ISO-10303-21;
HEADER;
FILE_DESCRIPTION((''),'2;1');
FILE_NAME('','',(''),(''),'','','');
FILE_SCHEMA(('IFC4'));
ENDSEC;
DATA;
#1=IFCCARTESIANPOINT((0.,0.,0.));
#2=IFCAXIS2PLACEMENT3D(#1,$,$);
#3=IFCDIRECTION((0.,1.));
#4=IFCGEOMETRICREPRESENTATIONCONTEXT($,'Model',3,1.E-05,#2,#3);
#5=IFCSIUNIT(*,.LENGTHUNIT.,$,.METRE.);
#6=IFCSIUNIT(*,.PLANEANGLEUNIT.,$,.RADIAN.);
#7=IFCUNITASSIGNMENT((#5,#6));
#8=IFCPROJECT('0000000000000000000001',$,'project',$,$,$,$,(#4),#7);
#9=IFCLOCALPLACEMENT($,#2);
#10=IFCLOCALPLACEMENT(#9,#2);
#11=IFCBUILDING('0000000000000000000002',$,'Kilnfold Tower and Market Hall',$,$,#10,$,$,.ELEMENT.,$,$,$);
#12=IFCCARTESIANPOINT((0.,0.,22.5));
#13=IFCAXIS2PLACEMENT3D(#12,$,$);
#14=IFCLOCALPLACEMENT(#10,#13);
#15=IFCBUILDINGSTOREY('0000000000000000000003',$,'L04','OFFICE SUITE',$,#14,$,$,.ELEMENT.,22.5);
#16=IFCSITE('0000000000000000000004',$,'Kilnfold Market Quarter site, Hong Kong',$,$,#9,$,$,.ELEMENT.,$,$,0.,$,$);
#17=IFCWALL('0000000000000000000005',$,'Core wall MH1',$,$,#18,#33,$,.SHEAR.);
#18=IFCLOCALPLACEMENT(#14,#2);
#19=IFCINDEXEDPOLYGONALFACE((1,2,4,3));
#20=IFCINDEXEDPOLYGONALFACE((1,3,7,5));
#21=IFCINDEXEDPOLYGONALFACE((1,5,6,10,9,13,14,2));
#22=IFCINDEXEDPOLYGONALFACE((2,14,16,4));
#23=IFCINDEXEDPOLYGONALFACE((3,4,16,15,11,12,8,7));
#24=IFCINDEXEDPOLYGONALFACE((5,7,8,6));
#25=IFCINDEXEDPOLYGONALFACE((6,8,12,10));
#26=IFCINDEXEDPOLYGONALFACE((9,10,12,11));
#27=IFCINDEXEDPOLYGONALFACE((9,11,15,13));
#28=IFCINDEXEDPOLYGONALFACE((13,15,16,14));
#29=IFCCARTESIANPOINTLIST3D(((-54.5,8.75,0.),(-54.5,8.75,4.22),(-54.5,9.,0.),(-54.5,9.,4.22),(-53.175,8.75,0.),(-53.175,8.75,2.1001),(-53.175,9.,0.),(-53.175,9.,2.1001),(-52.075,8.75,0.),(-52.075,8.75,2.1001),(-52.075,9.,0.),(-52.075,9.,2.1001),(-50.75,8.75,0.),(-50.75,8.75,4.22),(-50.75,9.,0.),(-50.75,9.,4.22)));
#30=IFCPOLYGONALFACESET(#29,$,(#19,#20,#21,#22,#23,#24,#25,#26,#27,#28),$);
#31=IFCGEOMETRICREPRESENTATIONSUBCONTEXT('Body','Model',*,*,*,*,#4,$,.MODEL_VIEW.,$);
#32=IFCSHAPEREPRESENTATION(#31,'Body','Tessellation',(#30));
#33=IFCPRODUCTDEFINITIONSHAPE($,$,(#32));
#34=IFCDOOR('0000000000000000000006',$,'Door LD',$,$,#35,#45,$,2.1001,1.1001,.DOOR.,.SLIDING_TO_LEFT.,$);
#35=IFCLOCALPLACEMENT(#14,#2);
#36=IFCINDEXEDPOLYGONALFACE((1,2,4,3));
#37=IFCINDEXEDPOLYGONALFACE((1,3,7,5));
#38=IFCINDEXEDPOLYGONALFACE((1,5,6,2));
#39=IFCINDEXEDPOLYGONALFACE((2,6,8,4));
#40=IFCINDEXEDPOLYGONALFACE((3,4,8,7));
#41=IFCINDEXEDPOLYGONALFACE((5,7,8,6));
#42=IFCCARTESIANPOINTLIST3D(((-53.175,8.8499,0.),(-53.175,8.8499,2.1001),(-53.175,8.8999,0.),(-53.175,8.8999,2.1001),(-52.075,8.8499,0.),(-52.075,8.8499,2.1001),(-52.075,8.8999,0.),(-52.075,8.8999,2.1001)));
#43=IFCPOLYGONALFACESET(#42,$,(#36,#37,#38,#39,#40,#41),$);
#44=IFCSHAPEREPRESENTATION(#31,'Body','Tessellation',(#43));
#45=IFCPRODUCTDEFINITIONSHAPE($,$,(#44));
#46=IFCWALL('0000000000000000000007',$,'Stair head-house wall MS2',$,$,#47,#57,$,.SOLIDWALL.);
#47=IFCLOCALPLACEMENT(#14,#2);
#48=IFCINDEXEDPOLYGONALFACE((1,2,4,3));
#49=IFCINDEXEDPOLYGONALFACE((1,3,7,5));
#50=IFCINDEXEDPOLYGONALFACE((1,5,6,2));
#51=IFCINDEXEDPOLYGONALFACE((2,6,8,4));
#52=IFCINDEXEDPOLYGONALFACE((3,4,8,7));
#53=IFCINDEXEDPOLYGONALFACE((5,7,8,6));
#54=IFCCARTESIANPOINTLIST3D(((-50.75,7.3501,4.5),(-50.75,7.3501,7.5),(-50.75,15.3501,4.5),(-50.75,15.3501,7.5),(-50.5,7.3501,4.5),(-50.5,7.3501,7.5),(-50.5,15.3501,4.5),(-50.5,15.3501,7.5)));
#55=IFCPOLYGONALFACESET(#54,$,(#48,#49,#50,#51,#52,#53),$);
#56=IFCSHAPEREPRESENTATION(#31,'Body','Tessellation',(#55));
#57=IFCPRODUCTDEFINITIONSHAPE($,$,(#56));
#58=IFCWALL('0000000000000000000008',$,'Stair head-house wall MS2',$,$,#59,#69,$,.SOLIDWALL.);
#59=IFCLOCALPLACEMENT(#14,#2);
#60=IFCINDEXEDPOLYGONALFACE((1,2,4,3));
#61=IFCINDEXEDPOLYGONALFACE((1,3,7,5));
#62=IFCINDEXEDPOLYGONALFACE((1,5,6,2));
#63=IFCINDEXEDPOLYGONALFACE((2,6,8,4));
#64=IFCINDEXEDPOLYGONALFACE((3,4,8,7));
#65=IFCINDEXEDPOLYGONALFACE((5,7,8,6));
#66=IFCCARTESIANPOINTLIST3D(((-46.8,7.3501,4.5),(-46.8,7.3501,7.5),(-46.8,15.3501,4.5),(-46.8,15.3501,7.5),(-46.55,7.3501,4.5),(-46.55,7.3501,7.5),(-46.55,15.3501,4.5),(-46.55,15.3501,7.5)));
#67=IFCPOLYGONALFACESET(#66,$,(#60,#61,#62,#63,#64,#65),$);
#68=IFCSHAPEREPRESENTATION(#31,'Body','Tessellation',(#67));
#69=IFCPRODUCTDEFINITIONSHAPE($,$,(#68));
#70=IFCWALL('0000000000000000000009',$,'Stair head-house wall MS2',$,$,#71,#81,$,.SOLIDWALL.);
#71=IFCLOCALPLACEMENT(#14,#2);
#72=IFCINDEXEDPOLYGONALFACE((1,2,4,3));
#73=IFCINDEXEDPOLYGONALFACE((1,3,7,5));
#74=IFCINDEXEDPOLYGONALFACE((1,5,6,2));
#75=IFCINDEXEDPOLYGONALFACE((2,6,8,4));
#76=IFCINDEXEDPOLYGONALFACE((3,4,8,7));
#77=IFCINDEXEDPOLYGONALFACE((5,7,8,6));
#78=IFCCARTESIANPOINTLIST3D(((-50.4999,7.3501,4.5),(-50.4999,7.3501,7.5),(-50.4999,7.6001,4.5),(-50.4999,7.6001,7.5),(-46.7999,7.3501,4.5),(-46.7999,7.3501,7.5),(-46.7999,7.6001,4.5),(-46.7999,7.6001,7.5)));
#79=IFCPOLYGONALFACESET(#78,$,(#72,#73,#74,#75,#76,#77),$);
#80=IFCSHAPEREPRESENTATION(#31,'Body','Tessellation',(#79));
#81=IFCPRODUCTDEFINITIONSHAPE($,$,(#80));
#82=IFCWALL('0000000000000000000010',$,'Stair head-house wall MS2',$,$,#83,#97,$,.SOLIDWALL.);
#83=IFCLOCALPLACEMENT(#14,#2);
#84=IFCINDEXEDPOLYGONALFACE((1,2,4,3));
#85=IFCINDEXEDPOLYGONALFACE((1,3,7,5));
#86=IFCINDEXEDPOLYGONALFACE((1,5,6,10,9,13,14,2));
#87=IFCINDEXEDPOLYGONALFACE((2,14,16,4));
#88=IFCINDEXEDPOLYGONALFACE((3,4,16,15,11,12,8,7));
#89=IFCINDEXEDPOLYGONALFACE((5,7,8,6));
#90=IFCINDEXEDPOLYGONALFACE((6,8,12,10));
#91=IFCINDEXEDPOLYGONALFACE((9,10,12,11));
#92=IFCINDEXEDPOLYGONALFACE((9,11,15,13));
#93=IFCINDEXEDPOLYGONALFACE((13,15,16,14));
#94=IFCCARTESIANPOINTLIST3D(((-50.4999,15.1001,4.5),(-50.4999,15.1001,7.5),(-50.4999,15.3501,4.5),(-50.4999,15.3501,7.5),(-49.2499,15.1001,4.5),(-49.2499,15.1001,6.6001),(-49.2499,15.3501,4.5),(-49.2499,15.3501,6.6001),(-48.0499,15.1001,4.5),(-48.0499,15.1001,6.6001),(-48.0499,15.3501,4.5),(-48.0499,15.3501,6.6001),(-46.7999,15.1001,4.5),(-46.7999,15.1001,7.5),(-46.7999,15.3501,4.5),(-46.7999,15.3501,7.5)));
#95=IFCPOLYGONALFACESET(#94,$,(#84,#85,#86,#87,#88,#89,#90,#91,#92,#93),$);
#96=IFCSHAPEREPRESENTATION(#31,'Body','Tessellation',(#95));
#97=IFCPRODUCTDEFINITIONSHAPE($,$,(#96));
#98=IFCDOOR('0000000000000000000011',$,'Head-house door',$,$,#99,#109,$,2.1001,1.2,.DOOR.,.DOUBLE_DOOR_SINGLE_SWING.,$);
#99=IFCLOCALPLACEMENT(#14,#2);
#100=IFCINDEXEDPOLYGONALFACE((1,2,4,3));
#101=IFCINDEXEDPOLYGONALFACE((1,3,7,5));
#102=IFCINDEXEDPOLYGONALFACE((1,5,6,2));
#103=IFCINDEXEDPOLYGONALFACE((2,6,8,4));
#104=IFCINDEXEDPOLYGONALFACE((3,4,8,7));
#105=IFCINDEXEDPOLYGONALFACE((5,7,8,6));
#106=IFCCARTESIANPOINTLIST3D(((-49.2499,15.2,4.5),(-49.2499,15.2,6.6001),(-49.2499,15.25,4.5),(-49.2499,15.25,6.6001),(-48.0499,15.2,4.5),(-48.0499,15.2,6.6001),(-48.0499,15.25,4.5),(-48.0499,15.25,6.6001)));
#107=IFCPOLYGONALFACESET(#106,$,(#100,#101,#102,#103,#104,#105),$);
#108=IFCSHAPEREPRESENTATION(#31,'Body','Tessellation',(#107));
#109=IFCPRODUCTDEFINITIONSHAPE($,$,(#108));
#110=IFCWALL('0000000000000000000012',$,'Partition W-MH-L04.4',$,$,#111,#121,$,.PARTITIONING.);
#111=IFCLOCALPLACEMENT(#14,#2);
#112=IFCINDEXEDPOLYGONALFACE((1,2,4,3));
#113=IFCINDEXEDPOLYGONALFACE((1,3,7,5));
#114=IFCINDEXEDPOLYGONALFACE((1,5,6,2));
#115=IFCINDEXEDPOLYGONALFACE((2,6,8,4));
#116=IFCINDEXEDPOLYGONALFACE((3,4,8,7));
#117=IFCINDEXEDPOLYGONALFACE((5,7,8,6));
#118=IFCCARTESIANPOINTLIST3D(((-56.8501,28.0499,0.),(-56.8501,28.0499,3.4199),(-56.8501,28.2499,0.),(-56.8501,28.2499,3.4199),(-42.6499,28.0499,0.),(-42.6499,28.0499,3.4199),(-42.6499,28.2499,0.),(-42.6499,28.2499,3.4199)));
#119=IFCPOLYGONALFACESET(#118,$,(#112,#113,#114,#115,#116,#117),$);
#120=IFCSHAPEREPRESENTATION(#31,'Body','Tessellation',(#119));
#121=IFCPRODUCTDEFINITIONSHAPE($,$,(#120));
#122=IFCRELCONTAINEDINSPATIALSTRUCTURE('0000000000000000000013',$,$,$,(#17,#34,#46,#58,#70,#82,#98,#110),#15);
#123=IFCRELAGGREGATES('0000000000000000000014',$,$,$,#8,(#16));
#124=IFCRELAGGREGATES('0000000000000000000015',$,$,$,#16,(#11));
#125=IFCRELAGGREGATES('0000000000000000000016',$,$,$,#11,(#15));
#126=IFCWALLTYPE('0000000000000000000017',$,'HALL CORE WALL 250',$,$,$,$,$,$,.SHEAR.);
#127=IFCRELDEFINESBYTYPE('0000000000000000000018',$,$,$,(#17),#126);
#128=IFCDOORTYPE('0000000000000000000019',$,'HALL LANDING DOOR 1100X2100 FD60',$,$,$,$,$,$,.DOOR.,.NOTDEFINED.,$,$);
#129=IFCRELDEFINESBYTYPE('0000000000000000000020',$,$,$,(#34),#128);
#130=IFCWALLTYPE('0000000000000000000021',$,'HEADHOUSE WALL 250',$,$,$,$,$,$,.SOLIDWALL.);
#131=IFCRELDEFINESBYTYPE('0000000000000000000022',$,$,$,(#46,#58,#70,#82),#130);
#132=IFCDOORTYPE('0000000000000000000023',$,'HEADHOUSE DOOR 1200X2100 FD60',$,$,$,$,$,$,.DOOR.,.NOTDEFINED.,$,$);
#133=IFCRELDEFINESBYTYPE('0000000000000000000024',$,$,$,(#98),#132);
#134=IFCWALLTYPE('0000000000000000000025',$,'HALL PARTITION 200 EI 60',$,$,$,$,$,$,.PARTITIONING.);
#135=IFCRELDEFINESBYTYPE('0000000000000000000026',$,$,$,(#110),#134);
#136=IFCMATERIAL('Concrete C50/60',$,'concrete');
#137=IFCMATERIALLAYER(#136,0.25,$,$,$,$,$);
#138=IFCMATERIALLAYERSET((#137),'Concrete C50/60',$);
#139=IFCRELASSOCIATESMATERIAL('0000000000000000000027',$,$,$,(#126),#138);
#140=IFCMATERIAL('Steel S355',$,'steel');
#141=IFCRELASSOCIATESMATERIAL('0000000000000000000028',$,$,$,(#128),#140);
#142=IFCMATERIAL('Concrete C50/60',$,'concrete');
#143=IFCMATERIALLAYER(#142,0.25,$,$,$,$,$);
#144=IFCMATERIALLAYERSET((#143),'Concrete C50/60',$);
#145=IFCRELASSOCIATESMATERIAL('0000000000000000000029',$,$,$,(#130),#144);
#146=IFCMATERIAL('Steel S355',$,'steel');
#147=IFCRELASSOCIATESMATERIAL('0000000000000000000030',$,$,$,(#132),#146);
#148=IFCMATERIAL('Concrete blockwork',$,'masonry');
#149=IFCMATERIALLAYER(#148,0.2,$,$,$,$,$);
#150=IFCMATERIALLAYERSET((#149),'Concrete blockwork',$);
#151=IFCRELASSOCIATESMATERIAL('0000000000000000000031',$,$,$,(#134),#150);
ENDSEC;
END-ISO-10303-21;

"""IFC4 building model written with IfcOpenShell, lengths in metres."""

from ifc_helpers import new_model, si_unit, direction, frame, frame_2d, origin, place, context, subcontext, project, spatial, rectangle, extrude, source, transform, mapped, material, layer, layer_set, type_object, element, fill, save


model = new_model("IFC4")

# Units and contexts
model_context = context("Model", 3, precision=1e-05, world=origin(), true_north=direction((0.0, 1.0)))
body_context = subcontext(model_context, "Body", "Model", "MODEL_VIEW")
ifc_project = project(units=[si_unit("LENGTHUNIT", "METRE"), si_unit("PLANEANGLEUNIT", "RADIAN")], contexts=[model_context])

# Site, building, storey
site_placement = place(None, origin())
site = spatial("IfcSite", under=ifc_project, at=site_placement, Name="Kilnfold Market Quarter site, Hong Kong", CompositionType="ELEMENT", RefElevation=0.0)
building_placement = place(site_placement, origin())
building = spatial("IfcBuilding", under=site, at=building_placement, Name="Kilnfold Tower and Market Hall", CompositionType="ELEMENT")
storey_placement = place(building_placement, frame((0.0, 0.0, 22.5)))
storey = spatial("IfcBuildingStorey", under=building, at=storey_placement, Name="L04", Description="OFFICE SUITE", CompositionType="ELEMENT", Elevation=22.5)

# Shared definitions
ifc_material_1 = material(Name="Concrete C50/60", Category="concrete")
ifc_layer_1 = layer(ifc_material_1, 0.25)
ifc_layer_set_1 = layer_set([ifc_layer_1], Name="Concrete C50/60")
wall_type_1 = type_object("IfcWallType", Name="HALL CORE WALL 250", PredefinedType="SHEAR", material=ifc_layer_set_1)

# Wall, opening, door
shared_shape_1 = source(origin(), body_context, "Body", "SweptSolid", [
    extrude(rectangle(XDim=3.75, YDim=0.25, at=frame_2d((1.875, 0.0))), origin(), (0.0, 0.0, 1.0), 4.22),
])
wall_1_placement = place(storey_placement, frame((-54.5, 8.875, 0.0), z_axis=(0.0, 0.0, 1.0), x_axis=(1.0, 0.0, 0.0)))
wall_1 = element("IfcWall", 1, at=wall_1_placement, inside=storey, type_object=wall_type_1, Name="Core wall MH1", PredefinedType="SHEAR", context=body_context, shape_type="MappedRepresentation", body=[
    mapped(shared_shape_1, transform((0.0, 0.0, 0.0))),
])
opening_1_placement = place(wall_1_placement, frame((1.325, 0.0, 0.0)))
opening_1 = element("IfcOpeningElement", 2, at=opening_1_placement, cuts=wall_1, PredefinedType="OPENING", context=body_context, shape_type="SweptSolid", body=[
    extrude(rectangle(XDim=1.1001, YDim=2.1001, at=frame_2d((0.55, 1.05))), frame((0.0, 0.135, 0.0), z_axis=(0.0, -1.0, 0.0), x_axis=(1.0, 0.0, 0.0)), (0.0, 0.0, 1.0), 0.27),
])
ifc_material_2 = material(Name="Steel S355", Category="steel")
door_type_1 = type_object("IfcDoorType", Name="HALL LANDING DOOR 1100X2100 FD60", OperationType="NOTDEFINED", PredefinedType="DOOR", material=ifc_material_2)
door_1_placement = place(opening_1_placement, origin())
door_1 = element("IfcDoor", 3, at=door_1_placement, inside=storey, type_object=door_type_1, Name="Door LD", OperationType="SLIDING_TO_LEFT", OverallHeight=2.1001, OverallWidth=1.1001, PredefinedType="DOOR", context=body_context, shape_type="SweptSolid", body=[
    extrude(rectangle(XDim=1.1001, YDim=2.1001, at=frame_2d((0.55, 1.05))), frame((0.0, 0.0249, 0.0), z_axis=(0.0, -1.0, 0.0), x_axis=(1.0, 0.0, 0.0)), (0.0, 0.0, 1.0), 0.05),
])
fill(opening_1, door_1)

# Walls
ifc_material_3 = material(Name="Concrete C50/60", Category="concrete")
ifc_layer_2 = layer(ifc_material_3, 0.25)
ifc_layer_set_2 = layer_set([ifc_layer_2], Name="Concrete C50/60")
wall_type_2 = type_object("IfcWallType", Name="HEADHOUSE WALL 250", PredefinedType="SOLIDWALL", material=ifc_layer_set_2)
shared_shape_2 = source(origin(), body_context, "Body", "SweptSolid", [
    extrude(rectangle(XDim=8.0, YDim=0.25, at=frame_2d((4.0, 0.0))), origin(), (0.0, 0.0, 1.0), 3.0),
])
for number, where, z_axis, x_axis, name in (
    (4, (-50.625, 7.3501, 4.5), (0.0, 0.0, 1.0), (0.0, 1.0, 0.0), "Stair head-house wall MS2"),
    (5, (-46.675, 7.3501, 4.5), (0.0, 0.0, 1.0), (0.0, 1.0, 0.0), "Stair head-house wall MS2"),
):
    element("IfcWall", number, at=place(storey_placement, frame(where, z_axis=z_axis, x_axis=x_axis)), inside=storey, type_object=wall_type_2, Name=name, PredefinedType="SOLIDWALL", context=body_context, shape_type="MappedRepresentation", body=[
        mapped(shared_shape_2, transform((0.0, 0.0, 0.0))),
    ])
shared_shape_3 = source(origin(), body_context, "Body", "SweptSolid", [
    extrude(rectangle(XDim=3.7, YDim=0.25, at=frame_2d((1.8501, 0.0))), origin(), (0.0, 0.0, 1.0), 3.0),
])
wall_2_placement = place(storey_placement, frame((-50.5, 7.4751, 4.5), z_axis=(0.0, 0.0, 1.0), x_axis=(1.0, 0.0, 0.0)))
element("IfcWall", 6, at=wall_2_placement, inside=storey, type_object=wall_type_2, Name="Stair head-house wall MS2", PredefinedType="SOLIDWALL", context=body_context, shape_type="MappedRepresentation", body=[
    mapped(shared_shape_3, transform((0.0, 0.0, 0.0))),
])

# Wall, opening, door
wall_3_placement = place(storey_placement, frame((-50.5, 15.2251, 4.5), z_axis=(0.0, 0.0, 1.0), x_axis=(1.0, 0.0, 0.0)))
wall_3 = element("IfcWall", 7, at=wall_3_placement, inside=storey, type_object=wall_type_2, Name="Stair head-house wall MS2", PredefinedType="SOLIDWALL", context=body_context, shape_type="MappedRepresentation", body=[
    mapped(shared_shape_3, transform((0.0, 0.0, 0.0))),
])
opening_2_placement = place(wall_3_placement, frame((1.25, 0.0, 0.0)))
opening_2 = element("IfcOpeningElement", 8, at=opening_2_placement, cuts=wall_3, PredefinedType="OPENING", context=body_context, shape_type="SweptSolid", body=[
    extrude(rectangle(XDim=1.2, YDim=2.1001, at=frame_2d((0.6001, 1.05))), frame((0.0, 0.135, 0.0), z_axis=(0.0, -1.0, 0.0), x_axis=(1.0, 0.0, 0.0)), (0.0, 0.0, 1.0), 0.27),
])
ifc_material_4 = material(Name="Steel S355", Category="steel")
door_type_2 = type_object("IfcDoorType", Name="HEADHOUSE DOOR 1200X2100 FD60", OperationType="NOTDEFINED", PredefinedType="DOOR", material=ifc_material_4)
door_2_placement = place(opening_2_placement, origin())
door_2 = element("IfcDoor", 9, at=door_2_placement, inside=storey, type_object=door_type_2, Name="Head-house door", OperationType="DOUBLE_DOOR_SINGLE_SWING", OverallHeight=2.1001, OverallWidth=1.2, PredefinedType="DOOR", context=body_context, shape_type="SweptSolid", body=[
    extrude(rectangle(XDim=1.2, YDim=2.1001, at=frame_2d((0.6001, 1.05))), frame((0.0, 0.0249, 0.0), z_axis=(0.0, -1.0, 0.0), x_axis=(1.0, 0.0, 0.0)), (0.0, 0.0, 1.0), 0.05),
])
fill(opening_2, door_2)

# Wall
ifc_material_5 = material(Name="Concrete blockwork", Category="masonry")
ifc_layer_3 = layer(ifc_material_5, 0.2)
ifc_layer_set_3 = layer_set([ifc_layer_3], Name="Concrete blockwork")
wall_type_3 = type_object("IfcWallType", Name="HALL PARTITION 200 EI 60", PredefinedType="PARTITIONING", material=ifc_layer_set_3)
shared_shape_4 = source(origin(), body_context, "Body", "SweptSolid", [
    extrude(rectangle(XDim=14.2002, YDim=0.2, at=frame_2d((7.1001, 0.0))), origin(), (0.0, 0.0, 1.0), 3.4199),
])
wall_4_placement = place(storey_placement, frame((-56.8501, 28.1499, 0.0), z_axis=(0.0, 0.0, 1.0), x_axis=(1.0, 0.0, 0.0)))
element("IfcWall", 10, at=wall_4_placement, inside=storey, type_object=wall_type_3, Name="Partition W-MH-L04.4", PredefinedType="PARTITIONING", context=body_context, shape_type="MappedRepresentation", body=[
    mapped(shared_shape_4, transform((0.0, 0.0, 0.0))),
])

save(model, "model.ifc")
